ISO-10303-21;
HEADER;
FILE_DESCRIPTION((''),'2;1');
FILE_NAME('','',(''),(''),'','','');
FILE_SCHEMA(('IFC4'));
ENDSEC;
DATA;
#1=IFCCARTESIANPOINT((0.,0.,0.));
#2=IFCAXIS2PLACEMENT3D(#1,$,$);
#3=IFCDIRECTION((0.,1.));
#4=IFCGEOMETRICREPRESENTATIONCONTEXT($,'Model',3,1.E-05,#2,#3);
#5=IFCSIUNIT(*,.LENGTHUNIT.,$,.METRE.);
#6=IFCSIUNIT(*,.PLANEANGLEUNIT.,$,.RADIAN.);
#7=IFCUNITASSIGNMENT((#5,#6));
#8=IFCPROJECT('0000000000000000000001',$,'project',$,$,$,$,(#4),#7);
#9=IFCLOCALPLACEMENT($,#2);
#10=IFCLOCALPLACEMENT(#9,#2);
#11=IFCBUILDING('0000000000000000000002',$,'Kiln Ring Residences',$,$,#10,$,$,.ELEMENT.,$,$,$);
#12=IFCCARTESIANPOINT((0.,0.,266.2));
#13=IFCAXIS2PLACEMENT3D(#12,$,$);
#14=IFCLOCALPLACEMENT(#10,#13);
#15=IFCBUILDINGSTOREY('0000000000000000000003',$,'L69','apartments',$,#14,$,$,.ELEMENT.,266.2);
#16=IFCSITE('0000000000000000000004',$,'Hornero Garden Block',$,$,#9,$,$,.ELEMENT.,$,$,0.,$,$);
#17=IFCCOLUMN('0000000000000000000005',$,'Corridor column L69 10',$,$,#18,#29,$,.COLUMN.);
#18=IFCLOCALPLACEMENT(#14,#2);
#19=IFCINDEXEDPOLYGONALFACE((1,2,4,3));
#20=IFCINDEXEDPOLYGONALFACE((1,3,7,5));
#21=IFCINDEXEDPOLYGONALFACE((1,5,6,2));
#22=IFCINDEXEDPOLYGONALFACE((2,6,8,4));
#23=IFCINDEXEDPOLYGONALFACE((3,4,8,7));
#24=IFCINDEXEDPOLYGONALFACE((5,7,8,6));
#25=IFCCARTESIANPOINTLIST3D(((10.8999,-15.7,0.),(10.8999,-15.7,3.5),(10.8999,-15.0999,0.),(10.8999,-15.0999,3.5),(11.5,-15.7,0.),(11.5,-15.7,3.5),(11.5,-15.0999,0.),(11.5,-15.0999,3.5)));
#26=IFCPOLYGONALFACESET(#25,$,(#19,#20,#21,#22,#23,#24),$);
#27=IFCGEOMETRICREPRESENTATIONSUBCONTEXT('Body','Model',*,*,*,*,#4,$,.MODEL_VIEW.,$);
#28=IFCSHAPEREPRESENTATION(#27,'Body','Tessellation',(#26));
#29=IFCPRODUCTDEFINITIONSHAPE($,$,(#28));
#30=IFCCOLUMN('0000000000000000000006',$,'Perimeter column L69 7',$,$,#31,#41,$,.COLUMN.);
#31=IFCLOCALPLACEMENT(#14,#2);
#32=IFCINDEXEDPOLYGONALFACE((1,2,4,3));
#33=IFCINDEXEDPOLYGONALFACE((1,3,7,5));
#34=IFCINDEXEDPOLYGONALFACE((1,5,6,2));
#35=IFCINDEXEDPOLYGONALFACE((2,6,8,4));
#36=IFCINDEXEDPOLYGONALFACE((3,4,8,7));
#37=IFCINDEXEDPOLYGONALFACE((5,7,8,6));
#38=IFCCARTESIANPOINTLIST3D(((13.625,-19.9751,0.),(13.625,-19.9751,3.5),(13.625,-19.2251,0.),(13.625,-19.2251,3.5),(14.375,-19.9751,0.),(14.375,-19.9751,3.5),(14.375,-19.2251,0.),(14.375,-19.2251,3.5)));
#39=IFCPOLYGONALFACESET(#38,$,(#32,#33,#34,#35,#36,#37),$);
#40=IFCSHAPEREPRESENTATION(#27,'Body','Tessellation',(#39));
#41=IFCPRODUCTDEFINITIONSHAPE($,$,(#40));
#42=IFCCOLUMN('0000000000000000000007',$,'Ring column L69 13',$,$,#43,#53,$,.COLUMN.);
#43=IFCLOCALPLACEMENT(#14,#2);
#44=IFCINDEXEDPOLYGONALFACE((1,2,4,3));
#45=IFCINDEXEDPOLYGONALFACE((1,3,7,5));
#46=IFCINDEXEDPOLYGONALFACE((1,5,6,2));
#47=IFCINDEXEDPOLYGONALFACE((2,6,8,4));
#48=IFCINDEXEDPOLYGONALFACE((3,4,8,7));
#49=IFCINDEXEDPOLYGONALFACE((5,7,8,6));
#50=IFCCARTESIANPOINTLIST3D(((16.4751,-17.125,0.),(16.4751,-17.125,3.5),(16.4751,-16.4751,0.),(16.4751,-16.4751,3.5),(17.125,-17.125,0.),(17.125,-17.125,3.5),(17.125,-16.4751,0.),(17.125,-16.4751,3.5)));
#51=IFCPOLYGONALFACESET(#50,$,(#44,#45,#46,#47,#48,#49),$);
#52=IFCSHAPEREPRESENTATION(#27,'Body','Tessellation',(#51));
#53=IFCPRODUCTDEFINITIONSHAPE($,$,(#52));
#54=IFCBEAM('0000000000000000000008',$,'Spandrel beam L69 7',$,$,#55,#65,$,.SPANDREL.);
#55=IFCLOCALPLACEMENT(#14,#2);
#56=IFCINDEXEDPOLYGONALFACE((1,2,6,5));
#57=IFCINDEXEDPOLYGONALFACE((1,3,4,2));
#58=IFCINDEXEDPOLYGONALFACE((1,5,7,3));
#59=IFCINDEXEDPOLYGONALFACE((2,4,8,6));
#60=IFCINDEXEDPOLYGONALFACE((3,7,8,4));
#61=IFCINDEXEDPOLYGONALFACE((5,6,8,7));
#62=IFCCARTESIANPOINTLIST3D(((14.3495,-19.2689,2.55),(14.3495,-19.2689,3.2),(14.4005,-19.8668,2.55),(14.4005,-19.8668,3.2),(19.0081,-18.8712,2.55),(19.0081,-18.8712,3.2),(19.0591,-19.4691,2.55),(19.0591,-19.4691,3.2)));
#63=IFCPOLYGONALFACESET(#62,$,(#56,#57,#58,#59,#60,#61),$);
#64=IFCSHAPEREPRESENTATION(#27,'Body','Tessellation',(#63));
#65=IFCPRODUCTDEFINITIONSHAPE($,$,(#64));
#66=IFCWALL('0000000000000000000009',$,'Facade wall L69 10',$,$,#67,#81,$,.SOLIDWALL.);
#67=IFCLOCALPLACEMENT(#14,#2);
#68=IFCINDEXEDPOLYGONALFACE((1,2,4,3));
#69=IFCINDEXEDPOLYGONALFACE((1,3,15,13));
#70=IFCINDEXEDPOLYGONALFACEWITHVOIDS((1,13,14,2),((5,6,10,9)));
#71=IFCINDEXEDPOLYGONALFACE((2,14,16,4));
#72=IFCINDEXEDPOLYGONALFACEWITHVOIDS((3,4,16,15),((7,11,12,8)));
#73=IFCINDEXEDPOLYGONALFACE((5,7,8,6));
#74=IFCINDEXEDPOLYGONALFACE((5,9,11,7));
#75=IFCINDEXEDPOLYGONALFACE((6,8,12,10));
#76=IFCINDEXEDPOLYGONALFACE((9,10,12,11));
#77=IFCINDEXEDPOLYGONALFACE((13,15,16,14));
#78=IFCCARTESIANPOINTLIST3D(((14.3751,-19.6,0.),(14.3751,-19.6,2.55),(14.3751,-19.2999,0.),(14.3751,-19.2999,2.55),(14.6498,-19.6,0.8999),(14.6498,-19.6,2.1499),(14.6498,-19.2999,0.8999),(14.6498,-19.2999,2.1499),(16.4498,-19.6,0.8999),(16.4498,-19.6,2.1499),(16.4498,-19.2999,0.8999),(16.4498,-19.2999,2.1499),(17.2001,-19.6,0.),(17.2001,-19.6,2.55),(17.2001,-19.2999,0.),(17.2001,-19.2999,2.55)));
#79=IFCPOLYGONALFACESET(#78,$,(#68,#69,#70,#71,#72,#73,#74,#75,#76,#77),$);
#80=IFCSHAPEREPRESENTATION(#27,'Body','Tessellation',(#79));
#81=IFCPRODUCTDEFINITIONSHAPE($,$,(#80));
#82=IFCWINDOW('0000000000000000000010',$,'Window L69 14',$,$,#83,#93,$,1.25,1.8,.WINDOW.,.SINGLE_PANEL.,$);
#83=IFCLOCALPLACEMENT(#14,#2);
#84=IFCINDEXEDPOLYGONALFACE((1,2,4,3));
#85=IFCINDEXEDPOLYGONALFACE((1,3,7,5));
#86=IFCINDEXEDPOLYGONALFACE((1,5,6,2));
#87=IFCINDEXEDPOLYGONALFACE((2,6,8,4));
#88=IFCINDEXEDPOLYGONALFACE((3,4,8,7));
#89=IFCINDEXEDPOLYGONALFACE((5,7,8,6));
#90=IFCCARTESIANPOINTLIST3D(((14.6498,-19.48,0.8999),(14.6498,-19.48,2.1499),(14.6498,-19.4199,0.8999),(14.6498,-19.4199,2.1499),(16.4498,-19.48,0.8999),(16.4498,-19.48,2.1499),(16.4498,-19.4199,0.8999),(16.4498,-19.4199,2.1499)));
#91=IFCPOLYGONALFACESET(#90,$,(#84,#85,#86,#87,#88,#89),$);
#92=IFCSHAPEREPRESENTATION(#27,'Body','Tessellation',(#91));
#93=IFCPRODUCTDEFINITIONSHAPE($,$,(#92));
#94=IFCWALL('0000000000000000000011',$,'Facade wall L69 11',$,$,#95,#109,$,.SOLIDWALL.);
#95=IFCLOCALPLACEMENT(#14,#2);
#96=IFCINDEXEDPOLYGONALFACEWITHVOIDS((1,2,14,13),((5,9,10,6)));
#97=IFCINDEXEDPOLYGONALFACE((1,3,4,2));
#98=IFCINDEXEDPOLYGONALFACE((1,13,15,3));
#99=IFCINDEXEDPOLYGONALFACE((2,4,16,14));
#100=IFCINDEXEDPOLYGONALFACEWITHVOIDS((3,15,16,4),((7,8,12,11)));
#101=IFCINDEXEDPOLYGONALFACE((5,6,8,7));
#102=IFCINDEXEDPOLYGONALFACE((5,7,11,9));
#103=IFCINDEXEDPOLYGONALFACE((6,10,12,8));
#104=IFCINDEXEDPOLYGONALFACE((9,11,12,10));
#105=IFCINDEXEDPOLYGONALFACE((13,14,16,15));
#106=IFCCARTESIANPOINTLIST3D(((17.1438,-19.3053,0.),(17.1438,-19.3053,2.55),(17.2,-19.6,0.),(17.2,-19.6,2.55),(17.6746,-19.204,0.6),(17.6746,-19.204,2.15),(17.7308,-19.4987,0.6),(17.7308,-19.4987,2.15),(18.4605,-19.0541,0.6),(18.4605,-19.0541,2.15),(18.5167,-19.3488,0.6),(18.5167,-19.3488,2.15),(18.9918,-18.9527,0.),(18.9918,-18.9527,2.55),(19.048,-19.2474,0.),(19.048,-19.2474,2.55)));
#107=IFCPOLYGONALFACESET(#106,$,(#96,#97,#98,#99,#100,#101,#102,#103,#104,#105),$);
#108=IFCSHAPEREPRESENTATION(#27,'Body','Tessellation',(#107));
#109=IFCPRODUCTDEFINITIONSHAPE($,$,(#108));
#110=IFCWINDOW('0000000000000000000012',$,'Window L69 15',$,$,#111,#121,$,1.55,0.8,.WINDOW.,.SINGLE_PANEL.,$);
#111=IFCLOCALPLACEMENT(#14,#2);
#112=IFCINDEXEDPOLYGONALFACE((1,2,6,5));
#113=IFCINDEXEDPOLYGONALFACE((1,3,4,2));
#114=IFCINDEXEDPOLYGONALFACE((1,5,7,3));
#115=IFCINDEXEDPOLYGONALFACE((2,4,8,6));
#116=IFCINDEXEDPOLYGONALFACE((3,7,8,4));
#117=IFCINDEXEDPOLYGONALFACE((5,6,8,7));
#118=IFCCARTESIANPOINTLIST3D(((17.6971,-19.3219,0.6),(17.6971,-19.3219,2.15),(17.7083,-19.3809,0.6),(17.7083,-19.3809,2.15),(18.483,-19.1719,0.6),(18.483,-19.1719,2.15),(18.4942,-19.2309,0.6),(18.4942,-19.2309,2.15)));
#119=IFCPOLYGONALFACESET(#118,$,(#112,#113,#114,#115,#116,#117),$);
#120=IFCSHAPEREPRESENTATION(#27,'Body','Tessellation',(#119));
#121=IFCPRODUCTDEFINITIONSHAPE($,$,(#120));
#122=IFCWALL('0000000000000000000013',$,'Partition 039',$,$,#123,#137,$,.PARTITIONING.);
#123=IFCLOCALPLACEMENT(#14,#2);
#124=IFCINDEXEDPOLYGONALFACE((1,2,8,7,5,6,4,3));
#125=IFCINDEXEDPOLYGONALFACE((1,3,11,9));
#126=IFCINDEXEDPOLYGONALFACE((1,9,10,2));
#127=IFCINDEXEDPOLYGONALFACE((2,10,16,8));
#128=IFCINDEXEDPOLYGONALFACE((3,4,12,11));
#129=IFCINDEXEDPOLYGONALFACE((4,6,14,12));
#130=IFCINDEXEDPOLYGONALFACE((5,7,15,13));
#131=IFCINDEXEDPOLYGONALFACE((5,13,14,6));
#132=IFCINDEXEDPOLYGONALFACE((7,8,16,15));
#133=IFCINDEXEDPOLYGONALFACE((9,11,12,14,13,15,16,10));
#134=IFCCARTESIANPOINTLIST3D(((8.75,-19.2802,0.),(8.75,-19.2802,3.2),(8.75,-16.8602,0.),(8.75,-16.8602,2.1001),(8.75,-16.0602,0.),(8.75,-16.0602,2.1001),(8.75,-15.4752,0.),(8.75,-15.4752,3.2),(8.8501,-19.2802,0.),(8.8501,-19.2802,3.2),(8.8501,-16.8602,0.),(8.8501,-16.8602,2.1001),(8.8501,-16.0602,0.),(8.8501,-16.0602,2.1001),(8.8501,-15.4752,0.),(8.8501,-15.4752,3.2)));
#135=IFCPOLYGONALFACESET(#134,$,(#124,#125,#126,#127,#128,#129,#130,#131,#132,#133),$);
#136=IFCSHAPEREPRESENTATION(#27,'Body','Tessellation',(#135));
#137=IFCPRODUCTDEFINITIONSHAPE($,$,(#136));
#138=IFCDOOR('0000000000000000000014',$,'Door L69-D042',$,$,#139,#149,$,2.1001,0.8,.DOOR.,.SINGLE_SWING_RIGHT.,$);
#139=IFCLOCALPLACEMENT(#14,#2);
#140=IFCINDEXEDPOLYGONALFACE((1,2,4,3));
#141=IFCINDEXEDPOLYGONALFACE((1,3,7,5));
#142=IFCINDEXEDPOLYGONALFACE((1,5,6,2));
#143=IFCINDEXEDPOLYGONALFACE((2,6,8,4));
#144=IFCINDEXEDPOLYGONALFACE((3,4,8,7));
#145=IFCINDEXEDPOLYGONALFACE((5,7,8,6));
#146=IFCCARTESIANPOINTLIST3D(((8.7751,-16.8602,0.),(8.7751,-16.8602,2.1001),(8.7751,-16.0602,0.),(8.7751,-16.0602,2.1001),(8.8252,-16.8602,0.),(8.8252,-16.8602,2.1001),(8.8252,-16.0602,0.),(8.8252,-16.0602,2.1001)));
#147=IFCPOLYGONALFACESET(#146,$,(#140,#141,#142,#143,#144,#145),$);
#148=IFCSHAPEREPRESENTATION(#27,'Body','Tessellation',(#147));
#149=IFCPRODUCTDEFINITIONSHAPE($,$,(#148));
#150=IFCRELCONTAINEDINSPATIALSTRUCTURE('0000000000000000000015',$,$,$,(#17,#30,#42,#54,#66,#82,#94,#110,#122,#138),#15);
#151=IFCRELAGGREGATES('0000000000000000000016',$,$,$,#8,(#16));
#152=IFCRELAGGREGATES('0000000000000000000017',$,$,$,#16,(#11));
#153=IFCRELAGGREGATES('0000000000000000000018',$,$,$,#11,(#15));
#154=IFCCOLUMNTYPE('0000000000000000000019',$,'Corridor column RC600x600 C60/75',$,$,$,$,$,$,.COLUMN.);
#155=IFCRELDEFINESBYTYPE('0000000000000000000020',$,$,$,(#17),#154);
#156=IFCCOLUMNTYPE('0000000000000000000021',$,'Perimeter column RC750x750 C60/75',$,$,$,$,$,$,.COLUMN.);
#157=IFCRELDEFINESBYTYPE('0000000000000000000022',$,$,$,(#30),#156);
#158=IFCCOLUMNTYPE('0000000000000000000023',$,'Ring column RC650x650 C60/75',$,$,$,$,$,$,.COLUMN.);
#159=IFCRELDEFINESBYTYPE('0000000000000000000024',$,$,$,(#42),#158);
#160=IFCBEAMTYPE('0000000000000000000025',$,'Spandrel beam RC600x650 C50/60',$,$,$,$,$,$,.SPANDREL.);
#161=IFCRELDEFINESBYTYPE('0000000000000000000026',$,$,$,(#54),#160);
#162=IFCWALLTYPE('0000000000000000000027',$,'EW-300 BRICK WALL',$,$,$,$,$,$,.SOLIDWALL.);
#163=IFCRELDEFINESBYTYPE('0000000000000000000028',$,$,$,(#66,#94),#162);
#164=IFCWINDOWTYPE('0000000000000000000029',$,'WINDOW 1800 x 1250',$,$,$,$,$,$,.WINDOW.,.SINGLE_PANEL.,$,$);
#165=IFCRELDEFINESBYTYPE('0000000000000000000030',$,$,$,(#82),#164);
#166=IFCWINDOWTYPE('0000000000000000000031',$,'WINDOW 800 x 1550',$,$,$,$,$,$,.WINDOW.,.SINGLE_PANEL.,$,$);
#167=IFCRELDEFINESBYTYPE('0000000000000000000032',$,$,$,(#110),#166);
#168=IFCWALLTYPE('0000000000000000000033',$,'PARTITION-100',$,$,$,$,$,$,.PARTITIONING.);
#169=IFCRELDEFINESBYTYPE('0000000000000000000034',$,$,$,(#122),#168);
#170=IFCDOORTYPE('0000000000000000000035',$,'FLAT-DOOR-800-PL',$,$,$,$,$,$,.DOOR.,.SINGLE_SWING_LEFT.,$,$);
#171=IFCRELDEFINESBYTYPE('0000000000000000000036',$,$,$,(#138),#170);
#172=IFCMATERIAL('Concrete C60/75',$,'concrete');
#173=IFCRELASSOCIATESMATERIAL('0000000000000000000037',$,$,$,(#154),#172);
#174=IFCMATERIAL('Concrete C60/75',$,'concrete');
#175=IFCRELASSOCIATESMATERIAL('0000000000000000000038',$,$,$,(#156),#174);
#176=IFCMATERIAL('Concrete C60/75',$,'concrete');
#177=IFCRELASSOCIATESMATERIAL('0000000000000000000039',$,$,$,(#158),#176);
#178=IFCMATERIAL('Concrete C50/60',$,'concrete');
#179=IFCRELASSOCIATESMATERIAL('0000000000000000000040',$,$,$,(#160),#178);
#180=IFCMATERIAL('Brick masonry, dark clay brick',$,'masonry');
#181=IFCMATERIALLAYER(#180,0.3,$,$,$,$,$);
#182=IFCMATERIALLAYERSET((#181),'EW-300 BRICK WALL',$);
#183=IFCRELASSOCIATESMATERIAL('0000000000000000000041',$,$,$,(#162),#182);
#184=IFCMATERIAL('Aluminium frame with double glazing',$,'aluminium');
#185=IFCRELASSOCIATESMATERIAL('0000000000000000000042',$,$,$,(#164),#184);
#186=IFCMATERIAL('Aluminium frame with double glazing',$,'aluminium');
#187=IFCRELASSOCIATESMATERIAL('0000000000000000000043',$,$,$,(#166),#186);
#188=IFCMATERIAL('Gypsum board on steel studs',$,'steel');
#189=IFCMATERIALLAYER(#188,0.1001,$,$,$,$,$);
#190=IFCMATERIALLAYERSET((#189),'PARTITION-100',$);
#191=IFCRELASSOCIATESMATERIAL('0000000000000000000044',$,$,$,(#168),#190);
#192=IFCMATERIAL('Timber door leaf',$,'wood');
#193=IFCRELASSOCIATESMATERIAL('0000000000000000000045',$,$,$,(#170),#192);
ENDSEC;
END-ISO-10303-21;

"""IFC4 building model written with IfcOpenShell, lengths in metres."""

from ifc_helpers import new_model, si_unit, direction, frame, frame_2d, origin, origin_2d, place, context, subcontext, project, spatial, rectangle, extrude, material, layer, layer_set, material_profile, profile_set, type_object, element, fill, save


model = new_model("IFC4")

# Units and contexts
model_context = context("Model", 3, precision=1e-05, world=origin(), true_north=direction((0.0, 1.0)))
body_context = subcontext(model_context, "Body", "Model", "MODEL_VIEW")
ifc_project = project(units=[si_unit("LENGTHUNIT", "METRE"), si_unit("PLANEANGLEUNIT", "RADIAN")], contexts=[model_context])

# Site, building, storey
site_placement = place(None, origin())
site = spatial("IfcSite", under=ifc_project, at=site_placement, Name="Hornero Garden Block", CompositionType="ELEMENT", RefElevation=0.0)
building_placement = place(site_placement, origin())
building = spatial("IfcBuilding", under=site, at=building_placement, Name="Kiln Ring Residences", CompositionType="ELEMENT")
storey_placement = place(building_placement, frame((0.0, 0.0, 266.2)))
storey = spatial("IfcBuildingStorey", under=building, at=storey_placement, Name="L69", Description="apartments", CompositionType="ELEMENT", Elevation=266.2)

# Columns
ifc_material_1 = material(Name="Concrete C60/75", Category="concrete")
ifc_material_profile_1 = material_profile(ifc_material_1, rectangle(XDim=0.6001, YDim=0.6001, at=origin_2d()), Name="RC600x600")
ifc_profile_set_1 = profile_set([ifc_material_profile_1], Name="Concrete C60/75")
column_type_1 = type_object("IfcColumnType", Name="Corridor column RC600x600 C60/75", PredefinedType="COLUMN", material=ifc_profile_set_1)
column_1_placement = place(storey_placement, frame((11.2, -15.3999, 0.0), z_axis=(0.0, 0.0, 1.0), x_axis=(1.0, 0.0, 0.0)))
element("IfcColumn", 1, at=column_1_placement, inside=storey, type_object=column_type_1, Name="Corridor column L69 10", PredefinedType="COLUMN", context=body_context, shape_type="SweptSolid", body=[
    extrude(rectangle(XDim=0.6001, YDim=0.6001, at=origin_2d()), origin(), (0.0, 0.0, 1.0), 3.5),
])
ifc_material_2 = material(Name="Concrete C60/75", Category="concrete")
ifc_material_profile_2 = material_profile(ifc_material_2, rectangle(XDim=0.75, YDim=0.75, at=origin_2d()), Name="RC750x750")
ifc_profile_set_2 = profile_set([ifc_material_profile_2], Name="Concrete C60/75")
column_type_2 = type_object("IfcColumnType", Name="Perimeter column RC750x750 C60/75", PredefinedType="COLUMN", material=ifc_profile_set_2)
column_2_placement = place(storey_placement, frame((14.0, -19.6001, 0.0), z_axis=(0.0, 0.0, 1.0), x_axis=(1.0, 0.0, 0.0)))
element("IfcColumn", 2, at=column_2_placement, inside=storey, type_object=column_type_2, Name="Perimeter column L69 7", PredefinedType="COLUMN", context=body_context, shape_type="SweptSolid", body=[
    extrude(rectangle(XDim=0.75, YDim=0.75, at=origin_2d()), origin(), (0.0, 0.0, 1.0), 3.5),
])
ifc_material_3 = material(Name="Concrete C60/75", Category="concrete")
ifc_material_profile_3 = material_profile(ifc_material_3, rectangle(XDim=0.6499, YDim=0.6499, at=origin_2d()), Name="RC650x650")
ifc_profile_set_3 = profile_set([ifc_material_profile_3], Name="Concrete C60/75")
column_type_3 = type_object("IfcColumnType", Name="Ring column RC650x650 C60/75", PredefinedType="COLUMN", material=ifc_profile_set_3)
column_3_placement = place(storey_placement, frame((16.8, -16.8, 0.0), z_axis=(0.0, 0.0, 1.0), x_axis=(1.0, 0.0, 0.0)))
element("IfcColumn", 3, at=column_3_placement, inside=storey, type_object=column_type_3, Name="Ring column L69 13", PredefinedType="COLUMN", context=body_context, shape_type="SweptSolid", body=[
    extrude(rectangle(XDim=0.6499, YDim=0.6499, at=origin_2d()), origin(), (0.0, 0.0, 1.0), 3.5),
])

# Beam
ifc_material_4 = material(Name="Concrete C50/60", Category="concrete")
ifc_material_profile_4 = material_profile(ifc_material_4, rectangle(XDim=0.6001, YDim=0.6499, at=origin_2d()), Name="RC600x650")
ifc_profile_set_4 = profile_set([ifc_material_profile_4], Name="Concrete C50/60")
beam_type = type_object("IfcBeamType", Name="Spandrel beam RC600x650 C50/60", PredefinedType="SPANDREL", material=ifc_profile_set_4)
beam_placement = place(storey_placement, frame((14.375, -19.5679, 2.875), z_axis=(0.996376, 0.085059, 0.0), x_axis=(-0.085059, 0.996376, 0.0)))
element("IfcBeam", 4, at=beam_placement, inside=storey, type_object=beam_type, Name="Spandrel beam L69 7", PredefinedType="SPANDREL", context=body_context, shape_type="SweptSolid", body=[
    extrude(rectangle(XDim=0.6001, YDim=0.6499, at=origin_2d()), origin(), (0.0, 0.0, 1.0), 4.6755),
])

# Walls, openings, windows
ifc_material_5 = material(Name="Brick masonry, dark clay brick", Category="masonry")
ifc_layer_1 = layer(ifc_material_5, 0.3)
ifc_layer_set_1 = layer_set([ifc_layer_1], Name="EW-300 BRICK WALL")
wall_type_1 = type_object("IfcWallType", Name="EW-300 BRICK WALL", PredefinedType="SOLIDWALL", material=ifc_layer_set_1)
wall_1_placement = place(storey_placement, frame((14.375, -19.45, 0.0), z_axis=(0.0, 0.0, 1.0), x_axis=(1.0, 0.0, 0.0)))
wall_1 = element("IfcWall", 5, at=wall_1_placement, inside=storey, type_object=wall_type_1, Name="Facade wall L69 10", PredefinedType="SOLIDWALL", context=body_context, shape_type="SweptSolid", body=[
    extrude(rectangle(XDim=2.825, YDim=0.3, at=frame_2d((1.4126, 0.0))), origin(), (0.0, 0.0, 1.0), 2.55),
])
opening_1_placement = place(wall_1_placement, frame((0.2749, 0.0, 0.8999)))
opening_1 = element("IfcOpeningElement", 6, at=opening_1_placement, cuts=wall_1, PredefinedType="OPENING", context=body_context, shape_type="SweptSolid", body=[
    extrude(rectangle(XDim=1.8, YDim=1.25, at=frame_2d((0.8999, 0.625))), frame((0.0, 0.1599, 0.0), z_axis=(0.0, -1.0, 0.0), x_axis=(1.0, 0.0, 0.0)), (0.0, 0.0, 1.0), 0.3201),
])
ifc_material_6 = material(Name="Aluminium frame with double glazing", Category="aluminium")
window_type_1 = type_object("IfcWindowType", Name="WINDOW 1800 x 1250", PartitioningType="SINGLE_PANEL", PredefinedType="WINDOW", material=ifc_material_6)
window_1_placement = place(opening_1_placement, origin())
window_1 = element("IfcWindow", 7, at=window_1_placement, inside=storey, type_object=window_type_1, Name="Window L69 14", OverallHeight=1.25, OverallWidth=1.8, PartitioningType="SINGLE_PANEL", PredefinedType="WINDOW", context=body_context, shape_type="SweptSolid", body=[
    extrude(rectangle(XDim=1.8, YDim=1.25, at=frame_2d((0.8999, 0.625))), frame((0.0, 0.03, 0.0), z_axis=(0.0, -1.0, 0.0), x_axis=(1.0, 0.0, 0.0)), (0.0, 0.0, 1.0), 0.0601),
])
fill(opening_1, window_1)
wall_2_placement = place(storey_placement, frame((17.1719, -19.4526, 0.0), z_axis=(0.0, 0.0, 1.0), x_axis=(0.982284, 0.187398, 0.0)))
wall_2 = element("IfcWall", 8, at=wall_2_placement, inside=storey, type_object=wall_type_1, Name="Facade wall L69 11", PredefinedType="SOLIDWALL", context=body_context, shape_type="SweptSolid", body=[
    extrude(rectangle(XDim=1.8813, YDim=0.3, at=frame_2d((0.9407, 0.0))), origin(), (0.0, 0.0, 1.0), 2.55),
])
opening_2_placement = place(wall_2_placement, frame((0.5405, 0.0, 0.6001)))
opening_2 = element("IfcOpeningElement", 9, at=opening_2_placement, cuts=wall_2, PredefinedType="OPENING", context=body_context, shape_type="SweptSolid", body=[
    extrude(rectangle(XDim=0.8, YDim=1.55, at=frame_2d((0.3999, 0.7749))), frame((0.0, 0.1599, 0.0), z_axis=(0.0, -1.0, 0.0), x_axis=(1.0, 0.0, 0.0)), (0.0, 0.0, 1.0), 0.3201),
])
ifc_material_7 = material(Name="Aluminium frame with double glazing", Category="aluminium")
window_type_2 = type_object("IfcWindowType", Name="WINDOW 800 x 1550", PartitioningType="SINGLE_PANEL", PredefinedType="WINDOW", material=ifc_material_7)
window_2_placement = place(opening_2_placement, origin())
window_2 = element("IfcWindow", 10, at=window_2_placement, inside=storey, type_object=window_type_2, Name="Window L69 15", OverallHeight=1.55, OverallWidth=0.8, PartitioningType="SINGLE_PANEL", PredefinedType="WINDOW", context=body_context, shape_type="SweptSolid", body=[
    extrude(rectangle(XDim=0.8, YDim=1.55, at=frame_2d((0.3999, 0.7749))), frame((0.0, 0.03, 0.0), z_axis=(0.0, -1.0, 0.0), x_axis=(1.0, 0.0, 0.0)), (0.0, 0.0, 1.0), 0.0601),
])
fill(opening_2, window_2)

# Wall, opening, door
ifc_material_8 = material(Name="Gypsum board on steel studs", Category="steel")
ifc_layer_2 = layer(ifc_material_8, 0.1001)
ifc_layer_set_2 = layer_set([ifc_layer_2], Name="PARTITION-100")
wall_type_2 = type_object("IfcWallType", Name="PARTITION-100", PredefinedType="PARTITIONING", material=ifc_layer_set_2)
wall_3_placement = place(storey_placement, frame((8.8, -19.28, 0.0), z_axis=(0.0, 0.0, 1.0), x_axis=(0.0, 1.0, 0.0)))
wall_3 = element("IfcWall", 11, at=wall_3_placement, inside=storey, type_object=wall_type_2, Name="Partition 039", PredefinedType="PARTITIONING", context=body_context, shape_type="SweptSolid", body=[
    extrude(rectangle(XDim=3.8049, YDim=0.1001, at=frame_2d((1.9023, 0.0))), origin(), (0.0, 0.0, 1.0), 3.2),
])
opening_3_placement = place(wall_3_placement, frame((2.4199, 0.0, 0.0)))
opening_3 = element("IfcOpeningElement", 12, at=opening_3_placement, cuts=wall_3, PredefinedType="OPENING", context=body_context, shape_type="SweptSolid", body=[
    extrude(rectangle(XDim=0.8, YDim=2.1001, at=frame_2d((0.3999, 1.05))), frame((0.0, 0.0601, 0.0), z_axis=(0.0, -1.0, 0.0), x_axis=(1.0, 0.0, 0.0)), (0.0, 0.0, 1.0), 0.1201),
])
ifc_material_9 = material(Name="Timber door leaf", Category="wood")
door_type_1 = type_object("IfcDoorType", Name="FLAT-DOOR-800-PL", OperationType="SINGLE_SWING_LEFT", PredefinedType="DOOR", material=ifc_material_9)
door_1_placement = place(opening_3_placement, origin())
door_1 = element("IfcDoor", 13, at=door_1_placement, inside=storey, type_object=door_type_1, Name="Door L69-D042", OperationType="SINGLE_SWING_RIGHT", OverallHeight=2.1001, OverallWidth=0.8, PredefinedType="DOOR", context=body_context, shape_type="SweptSolid", body=[
    extrude(rectangle(XDim=0.8, YDim=2.1001, at=frame_2d((0.3999, 1.05))), frame((0.0, 0.0249, 0.0), z_axis=(0.0, -1.0, 0.0), x_axis=(1.0, 0.0, 0.0)), (0.0, 0.0, 1.0), 0.05),
])
fill(opening_3, door_1)

save(model, "model.ifc")
